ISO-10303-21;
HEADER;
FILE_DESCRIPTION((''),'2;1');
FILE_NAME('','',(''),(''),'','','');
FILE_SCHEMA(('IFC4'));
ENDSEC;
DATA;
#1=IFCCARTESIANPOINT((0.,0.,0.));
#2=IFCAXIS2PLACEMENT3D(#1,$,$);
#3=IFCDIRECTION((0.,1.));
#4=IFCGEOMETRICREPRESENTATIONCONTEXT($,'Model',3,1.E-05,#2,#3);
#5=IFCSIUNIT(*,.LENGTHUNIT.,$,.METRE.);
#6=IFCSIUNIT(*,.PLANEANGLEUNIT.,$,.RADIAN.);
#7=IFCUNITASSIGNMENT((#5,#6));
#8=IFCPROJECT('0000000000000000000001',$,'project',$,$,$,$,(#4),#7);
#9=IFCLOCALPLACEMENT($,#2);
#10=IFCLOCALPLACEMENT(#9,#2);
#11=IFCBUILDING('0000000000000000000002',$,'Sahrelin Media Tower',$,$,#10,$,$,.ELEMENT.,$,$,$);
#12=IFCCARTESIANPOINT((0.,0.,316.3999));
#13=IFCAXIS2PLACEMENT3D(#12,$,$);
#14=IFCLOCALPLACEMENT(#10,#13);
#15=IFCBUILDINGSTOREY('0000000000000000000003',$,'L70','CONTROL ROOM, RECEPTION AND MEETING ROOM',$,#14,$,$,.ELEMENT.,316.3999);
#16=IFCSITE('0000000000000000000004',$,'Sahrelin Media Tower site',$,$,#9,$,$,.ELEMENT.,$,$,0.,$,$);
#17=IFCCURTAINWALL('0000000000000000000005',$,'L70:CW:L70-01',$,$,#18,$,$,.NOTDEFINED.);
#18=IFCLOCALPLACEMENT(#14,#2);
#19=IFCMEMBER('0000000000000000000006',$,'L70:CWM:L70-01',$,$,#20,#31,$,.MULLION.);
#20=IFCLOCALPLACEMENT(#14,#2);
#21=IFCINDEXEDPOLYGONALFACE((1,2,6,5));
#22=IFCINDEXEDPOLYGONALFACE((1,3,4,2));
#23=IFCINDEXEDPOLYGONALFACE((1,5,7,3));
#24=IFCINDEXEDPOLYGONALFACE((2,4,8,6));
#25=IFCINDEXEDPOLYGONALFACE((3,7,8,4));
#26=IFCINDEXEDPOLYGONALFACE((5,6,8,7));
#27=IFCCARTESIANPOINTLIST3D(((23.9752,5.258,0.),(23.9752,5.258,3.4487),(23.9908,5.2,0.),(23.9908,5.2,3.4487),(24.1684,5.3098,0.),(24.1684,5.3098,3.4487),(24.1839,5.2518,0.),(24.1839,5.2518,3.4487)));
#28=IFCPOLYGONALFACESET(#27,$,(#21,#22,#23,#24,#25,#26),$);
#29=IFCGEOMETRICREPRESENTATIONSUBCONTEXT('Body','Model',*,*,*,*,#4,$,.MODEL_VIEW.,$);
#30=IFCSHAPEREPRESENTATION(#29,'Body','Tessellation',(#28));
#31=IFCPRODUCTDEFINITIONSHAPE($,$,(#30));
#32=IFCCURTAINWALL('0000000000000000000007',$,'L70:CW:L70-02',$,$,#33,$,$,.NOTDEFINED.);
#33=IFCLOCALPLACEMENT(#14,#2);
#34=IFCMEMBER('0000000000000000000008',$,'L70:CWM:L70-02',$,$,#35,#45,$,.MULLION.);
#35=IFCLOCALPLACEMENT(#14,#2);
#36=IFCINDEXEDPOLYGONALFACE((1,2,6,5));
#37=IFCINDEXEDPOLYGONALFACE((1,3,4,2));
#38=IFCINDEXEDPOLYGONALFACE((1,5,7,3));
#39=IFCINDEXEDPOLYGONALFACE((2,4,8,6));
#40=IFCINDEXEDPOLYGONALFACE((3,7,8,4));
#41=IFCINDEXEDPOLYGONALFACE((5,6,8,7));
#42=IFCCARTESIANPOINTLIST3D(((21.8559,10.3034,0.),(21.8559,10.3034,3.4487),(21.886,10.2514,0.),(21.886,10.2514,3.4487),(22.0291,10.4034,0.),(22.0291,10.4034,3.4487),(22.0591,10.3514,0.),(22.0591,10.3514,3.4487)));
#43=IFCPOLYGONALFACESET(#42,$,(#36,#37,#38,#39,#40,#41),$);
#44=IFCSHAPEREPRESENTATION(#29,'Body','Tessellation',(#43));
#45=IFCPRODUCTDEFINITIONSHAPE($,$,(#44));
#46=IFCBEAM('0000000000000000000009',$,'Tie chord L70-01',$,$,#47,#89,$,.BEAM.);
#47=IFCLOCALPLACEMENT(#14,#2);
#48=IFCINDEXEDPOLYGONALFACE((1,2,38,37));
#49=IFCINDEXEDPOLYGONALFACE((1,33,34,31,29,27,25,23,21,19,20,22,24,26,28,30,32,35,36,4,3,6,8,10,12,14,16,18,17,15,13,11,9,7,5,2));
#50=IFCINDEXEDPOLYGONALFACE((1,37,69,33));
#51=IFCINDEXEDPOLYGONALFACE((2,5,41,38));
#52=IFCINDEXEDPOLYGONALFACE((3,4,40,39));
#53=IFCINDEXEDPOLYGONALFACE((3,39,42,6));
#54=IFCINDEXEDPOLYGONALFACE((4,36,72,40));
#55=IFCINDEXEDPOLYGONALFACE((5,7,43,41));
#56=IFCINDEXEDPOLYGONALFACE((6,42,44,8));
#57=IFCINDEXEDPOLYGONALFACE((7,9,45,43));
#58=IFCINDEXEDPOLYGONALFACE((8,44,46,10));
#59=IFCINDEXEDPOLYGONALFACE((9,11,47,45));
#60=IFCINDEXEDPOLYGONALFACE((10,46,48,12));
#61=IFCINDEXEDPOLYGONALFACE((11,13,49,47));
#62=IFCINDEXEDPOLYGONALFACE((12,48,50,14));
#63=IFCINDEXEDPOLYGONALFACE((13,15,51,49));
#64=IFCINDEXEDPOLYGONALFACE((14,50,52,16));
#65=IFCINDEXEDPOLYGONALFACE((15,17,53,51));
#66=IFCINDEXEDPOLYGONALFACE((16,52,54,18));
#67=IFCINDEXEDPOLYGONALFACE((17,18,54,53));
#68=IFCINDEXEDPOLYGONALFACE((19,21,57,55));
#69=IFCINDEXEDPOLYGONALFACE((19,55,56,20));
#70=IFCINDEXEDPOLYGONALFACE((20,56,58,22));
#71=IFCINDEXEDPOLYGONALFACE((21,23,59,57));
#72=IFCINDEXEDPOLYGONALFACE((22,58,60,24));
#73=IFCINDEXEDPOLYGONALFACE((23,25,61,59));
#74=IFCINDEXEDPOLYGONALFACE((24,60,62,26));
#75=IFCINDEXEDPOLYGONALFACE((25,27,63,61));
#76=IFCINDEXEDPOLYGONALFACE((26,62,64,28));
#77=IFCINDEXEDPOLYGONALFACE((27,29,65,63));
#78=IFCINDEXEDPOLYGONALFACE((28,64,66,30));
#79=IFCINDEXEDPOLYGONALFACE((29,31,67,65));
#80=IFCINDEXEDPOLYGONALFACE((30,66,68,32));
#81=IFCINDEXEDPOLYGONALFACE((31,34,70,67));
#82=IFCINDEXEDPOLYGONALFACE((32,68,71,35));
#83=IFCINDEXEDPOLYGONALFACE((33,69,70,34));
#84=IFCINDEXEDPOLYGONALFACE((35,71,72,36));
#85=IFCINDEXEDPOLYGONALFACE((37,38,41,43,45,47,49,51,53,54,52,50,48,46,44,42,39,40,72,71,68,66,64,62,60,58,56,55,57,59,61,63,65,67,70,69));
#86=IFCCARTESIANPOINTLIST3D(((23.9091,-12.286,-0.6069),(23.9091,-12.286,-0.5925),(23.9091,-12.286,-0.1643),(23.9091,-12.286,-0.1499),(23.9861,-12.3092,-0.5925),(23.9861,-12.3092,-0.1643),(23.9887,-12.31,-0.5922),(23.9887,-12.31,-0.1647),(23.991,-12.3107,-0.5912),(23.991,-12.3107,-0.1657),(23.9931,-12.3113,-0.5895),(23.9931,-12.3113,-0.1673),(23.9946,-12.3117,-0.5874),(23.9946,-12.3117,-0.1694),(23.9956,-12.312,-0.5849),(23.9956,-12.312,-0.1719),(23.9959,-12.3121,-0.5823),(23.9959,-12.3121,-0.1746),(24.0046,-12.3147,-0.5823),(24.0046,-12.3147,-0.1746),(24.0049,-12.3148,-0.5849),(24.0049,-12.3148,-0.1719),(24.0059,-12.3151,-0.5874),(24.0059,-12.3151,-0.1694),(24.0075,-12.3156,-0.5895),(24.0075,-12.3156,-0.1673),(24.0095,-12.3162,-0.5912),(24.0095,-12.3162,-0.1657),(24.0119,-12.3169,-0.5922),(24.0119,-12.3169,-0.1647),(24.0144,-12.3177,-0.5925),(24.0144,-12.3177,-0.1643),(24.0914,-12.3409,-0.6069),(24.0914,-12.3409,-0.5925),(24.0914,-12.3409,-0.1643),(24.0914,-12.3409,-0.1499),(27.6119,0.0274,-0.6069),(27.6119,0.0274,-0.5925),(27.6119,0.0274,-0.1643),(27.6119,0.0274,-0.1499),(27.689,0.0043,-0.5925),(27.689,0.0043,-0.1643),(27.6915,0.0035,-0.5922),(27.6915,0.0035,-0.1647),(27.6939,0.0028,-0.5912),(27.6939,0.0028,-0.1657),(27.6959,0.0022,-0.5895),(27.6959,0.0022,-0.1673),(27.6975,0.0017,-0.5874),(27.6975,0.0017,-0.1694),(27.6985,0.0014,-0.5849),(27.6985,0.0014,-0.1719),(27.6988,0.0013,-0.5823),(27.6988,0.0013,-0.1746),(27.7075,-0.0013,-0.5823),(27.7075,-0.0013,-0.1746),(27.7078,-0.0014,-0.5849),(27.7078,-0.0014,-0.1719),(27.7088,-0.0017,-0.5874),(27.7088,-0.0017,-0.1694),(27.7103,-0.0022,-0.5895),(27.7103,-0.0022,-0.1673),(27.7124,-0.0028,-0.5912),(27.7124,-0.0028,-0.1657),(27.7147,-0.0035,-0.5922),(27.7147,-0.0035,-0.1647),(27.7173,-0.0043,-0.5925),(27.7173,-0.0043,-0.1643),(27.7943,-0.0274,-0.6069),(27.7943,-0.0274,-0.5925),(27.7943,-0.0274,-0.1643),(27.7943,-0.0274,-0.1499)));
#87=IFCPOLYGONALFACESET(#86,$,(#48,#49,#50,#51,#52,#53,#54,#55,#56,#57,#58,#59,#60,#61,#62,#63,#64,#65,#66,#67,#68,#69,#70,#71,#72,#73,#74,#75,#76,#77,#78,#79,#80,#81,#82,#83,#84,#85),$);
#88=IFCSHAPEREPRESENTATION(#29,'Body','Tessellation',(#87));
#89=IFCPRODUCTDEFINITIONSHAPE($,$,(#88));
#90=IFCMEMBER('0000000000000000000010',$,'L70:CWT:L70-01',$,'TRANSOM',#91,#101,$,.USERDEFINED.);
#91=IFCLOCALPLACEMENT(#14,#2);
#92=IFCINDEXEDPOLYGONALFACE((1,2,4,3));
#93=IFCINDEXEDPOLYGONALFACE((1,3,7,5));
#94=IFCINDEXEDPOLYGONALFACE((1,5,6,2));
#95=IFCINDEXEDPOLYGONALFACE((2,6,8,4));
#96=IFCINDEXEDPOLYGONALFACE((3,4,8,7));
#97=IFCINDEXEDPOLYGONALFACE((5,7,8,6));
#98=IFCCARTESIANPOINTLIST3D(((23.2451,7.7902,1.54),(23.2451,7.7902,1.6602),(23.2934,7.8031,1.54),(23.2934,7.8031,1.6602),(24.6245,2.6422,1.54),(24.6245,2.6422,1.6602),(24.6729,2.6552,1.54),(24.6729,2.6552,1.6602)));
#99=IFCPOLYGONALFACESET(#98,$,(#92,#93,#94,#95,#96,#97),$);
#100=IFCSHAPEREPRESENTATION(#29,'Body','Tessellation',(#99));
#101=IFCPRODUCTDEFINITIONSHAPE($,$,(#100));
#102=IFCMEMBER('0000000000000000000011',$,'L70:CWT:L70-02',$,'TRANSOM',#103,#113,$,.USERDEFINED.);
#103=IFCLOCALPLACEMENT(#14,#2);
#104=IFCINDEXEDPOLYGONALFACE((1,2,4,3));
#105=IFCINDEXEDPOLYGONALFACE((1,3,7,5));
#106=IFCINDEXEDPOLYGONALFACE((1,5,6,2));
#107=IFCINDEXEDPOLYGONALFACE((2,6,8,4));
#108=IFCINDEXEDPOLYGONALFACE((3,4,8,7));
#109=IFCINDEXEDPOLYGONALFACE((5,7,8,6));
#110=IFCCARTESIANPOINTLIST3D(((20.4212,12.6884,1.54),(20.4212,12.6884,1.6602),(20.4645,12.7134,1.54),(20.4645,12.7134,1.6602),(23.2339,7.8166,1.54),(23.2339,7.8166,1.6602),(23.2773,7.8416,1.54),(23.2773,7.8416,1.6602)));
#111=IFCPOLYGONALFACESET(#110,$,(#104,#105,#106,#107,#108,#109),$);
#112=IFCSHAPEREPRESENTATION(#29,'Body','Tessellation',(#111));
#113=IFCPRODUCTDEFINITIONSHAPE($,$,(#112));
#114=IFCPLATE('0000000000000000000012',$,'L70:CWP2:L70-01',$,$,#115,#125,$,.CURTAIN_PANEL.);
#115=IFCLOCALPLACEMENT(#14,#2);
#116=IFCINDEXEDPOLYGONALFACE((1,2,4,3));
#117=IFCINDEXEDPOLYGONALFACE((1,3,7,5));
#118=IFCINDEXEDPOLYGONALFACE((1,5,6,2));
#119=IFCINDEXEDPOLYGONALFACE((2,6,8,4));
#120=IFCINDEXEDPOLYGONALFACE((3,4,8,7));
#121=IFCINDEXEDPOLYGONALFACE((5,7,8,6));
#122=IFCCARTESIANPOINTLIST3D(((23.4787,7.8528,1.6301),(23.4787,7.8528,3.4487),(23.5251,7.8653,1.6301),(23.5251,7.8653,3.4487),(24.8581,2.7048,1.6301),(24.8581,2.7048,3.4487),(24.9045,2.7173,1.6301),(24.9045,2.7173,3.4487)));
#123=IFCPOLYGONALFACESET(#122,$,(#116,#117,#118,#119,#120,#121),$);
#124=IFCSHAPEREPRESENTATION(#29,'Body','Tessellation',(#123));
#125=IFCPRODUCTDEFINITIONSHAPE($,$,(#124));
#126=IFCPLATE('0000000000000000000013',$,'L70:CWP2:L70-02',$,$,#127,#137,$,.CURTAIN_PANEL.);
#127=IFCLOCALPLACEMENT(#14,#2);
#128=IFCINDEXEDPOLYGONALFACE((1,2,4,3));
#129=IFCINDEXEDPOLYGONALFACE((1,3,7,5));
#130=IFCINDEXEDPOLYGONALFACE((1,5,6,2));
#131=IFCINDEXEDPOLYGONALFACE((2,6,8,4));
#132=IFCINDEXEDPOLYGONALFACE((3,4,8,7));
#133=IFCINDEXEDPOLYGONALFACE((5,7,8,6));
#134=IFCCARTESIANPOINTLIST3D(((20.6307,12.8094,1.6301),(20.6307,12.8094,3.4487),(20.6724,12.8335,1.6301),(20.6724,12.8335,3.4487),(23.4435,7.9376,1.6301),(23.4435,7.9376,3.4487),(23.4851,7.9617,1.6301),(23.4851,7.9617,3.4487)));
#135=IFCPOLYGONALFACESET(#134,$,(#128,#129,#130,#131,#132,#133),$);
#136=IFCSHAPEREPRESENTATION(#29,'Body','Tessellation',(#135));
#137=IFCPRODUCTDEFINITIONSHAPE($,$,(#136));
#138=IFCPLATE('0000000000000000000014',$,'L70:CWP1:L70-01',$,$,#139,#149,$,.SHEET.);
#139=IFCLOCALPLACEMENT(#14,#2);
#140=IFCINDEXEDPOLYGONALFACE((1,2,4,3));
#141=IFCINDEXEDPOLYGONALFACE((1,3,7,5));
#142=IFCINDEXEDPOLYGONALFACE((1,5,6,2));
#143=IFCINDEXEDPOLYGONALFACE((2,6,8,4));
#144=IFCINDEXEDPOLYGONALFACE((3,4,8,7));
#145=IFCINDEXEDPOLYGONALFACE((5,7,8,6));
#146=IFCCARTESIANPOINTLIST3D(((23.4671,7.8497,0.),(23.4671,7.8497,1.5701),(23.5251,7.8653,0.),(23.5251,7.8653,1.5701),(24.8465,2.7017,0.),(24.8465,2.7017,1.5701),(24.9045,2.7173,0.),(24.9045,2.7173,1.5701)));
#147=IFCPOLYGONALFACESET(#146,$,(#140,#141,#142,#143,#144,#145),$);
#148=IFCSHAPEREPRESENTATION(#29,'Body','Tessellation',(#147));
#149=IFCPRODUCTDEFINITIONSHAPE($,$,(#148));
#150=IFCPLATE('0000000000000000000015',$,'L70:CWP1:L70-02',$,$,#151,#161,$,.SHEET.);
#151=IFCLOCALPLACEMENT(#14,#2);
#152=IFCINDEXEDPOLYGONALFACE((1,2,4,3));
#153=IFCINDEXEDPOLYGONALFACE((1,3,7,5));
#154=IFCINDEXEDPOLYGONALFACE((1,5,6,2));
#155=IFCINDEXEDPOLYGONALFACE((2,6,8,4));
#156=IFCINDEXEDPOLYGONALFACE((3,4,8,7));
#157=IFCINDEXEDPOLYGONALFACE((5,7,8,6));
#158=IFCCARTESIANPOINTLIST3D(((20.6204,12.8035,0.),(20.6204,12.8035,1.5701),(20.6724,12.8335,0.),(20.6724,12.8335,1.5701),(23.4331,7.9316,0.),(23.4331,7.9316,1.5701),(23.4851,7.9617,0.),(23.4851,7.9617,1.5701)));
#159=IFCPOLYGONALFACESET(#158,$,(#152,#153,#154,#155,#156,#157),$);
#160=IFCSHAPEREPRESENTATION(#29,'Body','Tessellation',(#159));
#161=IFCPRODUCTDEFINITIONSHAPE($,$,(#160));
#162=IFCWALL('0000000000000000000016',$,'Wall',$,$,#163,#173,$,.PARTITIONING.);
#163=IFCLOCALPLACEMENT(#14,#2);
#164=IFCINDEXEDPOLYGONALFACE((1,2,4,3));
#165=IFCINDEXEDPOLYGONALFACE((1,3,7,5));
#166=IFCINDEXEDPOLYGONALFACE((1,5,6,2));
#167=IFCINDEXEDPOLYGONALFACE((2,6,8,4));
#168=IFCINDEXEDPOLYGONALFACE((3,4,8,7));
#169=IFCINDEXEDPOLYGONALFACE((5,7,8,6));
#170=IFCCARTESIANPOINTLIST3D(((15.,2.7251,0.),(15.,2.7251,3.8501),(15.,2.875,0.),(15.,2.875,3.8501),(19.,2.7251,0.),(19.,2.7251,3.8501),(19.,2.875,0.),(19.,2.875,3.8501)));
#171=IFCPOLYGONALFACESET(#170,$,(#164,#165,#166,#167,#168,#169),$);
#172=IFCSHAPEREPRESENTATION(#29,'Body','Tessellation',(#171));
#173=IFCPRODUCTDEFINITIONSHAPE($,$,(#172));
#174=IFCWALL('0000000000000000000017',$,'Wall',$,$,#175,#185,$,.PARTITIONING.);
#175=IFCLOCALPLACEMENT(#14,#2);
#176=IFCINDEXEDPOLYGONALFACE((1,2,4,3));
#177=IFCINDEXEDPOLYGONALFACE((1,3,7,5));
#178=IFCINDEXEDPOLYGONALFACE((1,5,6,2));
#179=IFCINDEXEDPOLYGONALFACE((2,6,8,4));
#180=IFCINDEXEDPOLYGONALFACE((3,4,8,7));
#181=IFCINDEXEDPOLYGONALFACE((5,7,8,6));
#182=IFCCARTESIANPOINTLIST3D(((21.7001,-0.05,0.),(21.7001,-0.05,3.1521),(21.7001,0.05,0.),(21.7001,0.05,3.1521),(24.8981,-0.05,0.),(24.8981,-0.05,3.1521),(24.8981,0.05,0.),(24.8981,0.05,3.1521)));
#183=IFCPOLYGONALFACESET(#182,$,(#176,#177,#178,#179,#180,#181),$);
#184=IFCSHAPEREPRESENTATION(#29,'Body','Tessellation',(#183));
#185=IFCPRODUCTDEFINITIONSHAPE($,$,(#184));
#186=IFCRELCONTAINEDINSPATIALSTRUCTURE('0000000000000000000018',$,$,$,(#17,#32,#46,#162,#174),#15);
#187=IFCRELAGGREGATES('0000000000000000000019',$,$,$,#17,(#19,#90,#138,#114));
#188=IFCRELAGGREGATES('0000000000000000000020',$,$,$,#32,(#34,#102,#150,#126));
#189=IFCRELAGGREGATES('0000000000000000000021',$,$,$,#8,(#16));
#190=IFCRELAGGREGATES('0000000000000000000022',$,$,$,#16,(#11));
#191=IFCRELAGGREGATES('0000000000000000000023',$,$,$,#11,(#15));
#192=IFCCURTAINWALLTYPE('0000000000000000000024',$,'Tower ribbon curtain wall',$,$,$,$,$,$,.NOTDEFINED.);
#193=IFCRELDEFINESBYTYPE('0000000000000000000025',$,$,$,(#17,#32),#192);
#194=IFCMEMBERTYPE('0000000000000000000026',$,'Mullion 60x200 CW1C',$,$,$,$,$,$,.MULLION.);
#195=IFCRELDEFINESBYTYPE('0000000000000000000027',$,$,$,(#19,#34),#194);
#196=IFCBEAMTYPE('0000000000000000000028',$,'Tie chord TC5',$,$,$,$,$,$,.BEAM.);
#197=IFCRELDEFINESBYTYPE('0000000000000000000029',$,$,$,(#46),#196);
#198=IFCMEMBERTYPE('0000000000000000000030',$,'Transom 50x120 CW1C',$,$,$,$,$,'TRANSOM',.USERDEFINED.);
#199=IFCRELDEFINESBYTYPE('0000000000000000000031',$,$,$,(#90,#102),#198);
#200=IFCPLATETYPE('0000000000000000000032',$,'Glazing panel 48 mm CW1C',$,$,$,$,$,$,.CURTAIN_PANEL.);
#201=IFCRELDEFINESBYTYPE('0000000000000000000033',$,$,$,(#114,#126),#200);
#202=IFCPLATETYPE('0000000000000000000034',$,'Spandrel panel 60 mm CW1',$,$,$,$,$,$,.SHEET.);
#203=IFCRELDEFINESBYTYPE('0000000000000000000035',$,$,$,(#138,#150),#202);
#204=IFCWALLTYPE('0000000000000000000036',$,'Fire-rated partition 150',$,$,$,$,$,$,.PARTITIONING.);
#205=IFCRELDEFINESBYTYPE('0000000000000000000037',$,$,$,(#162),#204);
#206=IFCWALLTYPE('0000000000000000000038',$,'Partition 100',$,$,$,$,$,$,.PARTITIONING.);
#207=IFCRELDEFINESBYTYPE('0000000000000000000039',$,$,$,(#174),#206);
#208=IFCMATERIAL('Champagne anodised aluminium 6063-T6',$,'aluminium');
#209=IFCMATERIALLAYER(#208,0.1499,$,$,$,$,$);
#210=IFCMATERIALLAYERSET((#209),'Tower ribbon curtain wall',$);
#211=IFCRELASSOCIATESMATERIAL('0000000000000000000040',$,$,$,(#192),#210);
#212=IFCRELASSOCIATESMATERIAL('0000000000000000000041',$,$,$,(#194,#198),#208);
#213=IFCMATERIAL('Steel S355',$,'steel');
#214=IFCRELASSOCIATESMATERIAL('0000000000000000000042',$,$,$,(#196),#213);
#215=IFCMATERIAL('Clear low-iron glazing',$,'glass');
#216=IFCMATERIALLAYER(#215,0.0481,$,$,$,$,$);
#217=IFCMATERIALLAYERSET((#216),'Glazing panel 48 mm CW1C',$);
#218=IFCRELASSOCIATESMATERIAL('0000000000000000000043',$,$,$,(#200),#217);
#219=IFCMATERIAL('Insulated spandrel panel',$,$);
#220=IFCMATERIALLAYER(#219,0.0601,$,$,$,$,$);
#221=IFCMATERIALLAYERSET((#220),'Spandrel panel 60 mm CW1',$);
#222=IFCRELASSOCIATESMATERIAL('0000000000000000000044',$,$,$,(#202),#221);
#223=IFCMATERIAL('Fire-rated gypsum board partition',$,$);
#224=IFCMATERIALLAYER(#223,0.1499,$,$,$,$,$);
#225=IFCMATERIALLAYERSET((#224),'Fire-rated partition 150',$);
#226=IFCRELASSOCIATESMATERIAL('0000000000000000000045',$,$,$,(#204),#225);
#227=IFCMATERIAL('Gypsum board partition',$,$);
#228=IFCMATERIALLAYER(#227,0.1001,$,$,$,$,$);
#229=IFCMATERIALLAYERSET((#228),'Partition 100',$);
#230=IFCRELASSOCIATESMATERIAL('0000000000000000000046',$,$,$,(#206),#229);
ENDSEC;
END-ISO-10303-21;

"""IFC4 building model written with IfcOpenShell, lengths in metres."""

from ifc_helpers import new_model, si_unit, direction, frame, frame_2d, origin, origin_2d, place, context, subcontext, project, spatial, polyline, rectangle, i_section, outline, extrude, material, layer, layer_set, material_profile, profile_set, type_object, element, aggregate, save


model = new_model("IFC4")

# Units and contexts
model_context = context("Model", 3, precision=1e-05, world=origin(), true_north=direction((0.0, 1.0)))
body_context = subcontext(model_context, "Body", "Model", "MODEL_VIEW")
ifc_project = project(units=[si_unit("LENGTHUNIT", "METRE"), si_unit("PLANEANGLEUNIT", "RADIAN")], contexts=[model_context])

# Site, building, storey
site_placement = place(None, origin())
site = spatial("IfcSite", under=ifc_project, at=site_placement, Name="Sahrelin Media Tower site", CompositionType="ELEMENT", RefElevation=0.0)
building_placement = place(site_placement, origin())
building = spatial("IfcBuilding", under=site, at=building_placement, Name="Sahrelin Media Tower", CompositionType="ELEMENT")
storey_placement = place(building_placement, frame((0.0, 0.0, 316.3999)))
storey = spatial("IfcBuildingStorey", under=building, at=storey_placement, Name="L70", Description="CONTROL ROOM, RECEPTION AND MEETING ROOM", CompositionType="ELEMENT", Elevation=316.3999)

# Shared definitions
ifc_material_1 = material(Name="Steel S355", Category="steel")

# Curtain walls, members
ifc_material_2 = material(Name="Champagne anodised aluminium 6063-T6", Category="aluminium")
ifc_layer_1 = layer(ifc_material_2, 0.1499)
ifc_layer_set_1 = layer_set([ifc_layer_1], Name="Tower ribbon curtain wall")
curtain_wall_type = type_object("IfcCurtainWallType", Name="Tower ribbon curtain wall", PredefinedType="NOTDEFINED", material=ifc_layer_set_1)
ifc_material_profile_1 = material_profile(ifc_material_2, rectangle(XDim=0.0601, YDim=0.2, at=origin_2d()), Name="Mullion 60x200")
ifc_profile_set_1 = profile_set([ifc_material_profile_1], Name="Champagne anodised aluminium 6063-T6")
member_type_1 = type_object("IfcMemberType", Name="Mullion 60x200 CW1C", PredefinedType="MULLION", material=ifc_profile_set_1)
curtain_wall_1_placement = place(storey_placement, frame((24.1956, 5.2859, 0.0), z_axis=(0.0, 0.0, 1.0), x_axis=(1.0, 0.0, 0.0)))
curtain_wall_1 = element("IfcCurtainWall", 1, at=curtain_wall_1_placement, inside=storey, type_object=curtain_wall_type, Name="L70:CW:L70-01", PredefinedType="NOTDEFINED")
member_1_placement = place(storey_placement, frame((24.0796, 5.2549, 0.0), z_axis=(0.0, 0.0, 1.0), x_axis=(-0.258821, 0.965925, 0.0)))
member_1 = element("IfcMember", 2, at=member_1_placement, type_object=member_type_1, Name="L70:CWM:L70-01", PredefinedType="MULLION", context=body_context, shape_type="SweptSolid", body=[
    extrude(rectangle(XDim=0.0601, YDim=0.2, at=origin_2d()), origin(), (0.0, 0.0, 1.0), 3.4487),
])
curtain_wall_2_placement = place(storey_placement, frame((22.0615, 10.3877, 0.0), z_axis=(0.0, 0.0, 1.0), x_axis=(1.0, 0.0, 0.0)))
curtain_wall_2 = element("IfcCurtainWall", 3, at=curtain_wall_2_placement, inside=storey, type_object=curtain_wall_type, Name="L70:CW:L70-02", PredefinedType="NOTDEFINED")
member_2_placement = place(storey_placement, frame((21.9575, 10.3274, 0.0), z_axis=(0.0, 0.0, 1.0), x_axis=(-0.500002, 0.866025, 0.0)))
member_2 = element("IfcMember", 4, at=member_2_placement, type_object=member_type_1, Name="L70:CWM:L70-02", PredefinedType="MULLION", context=body_context, shape_type="SweptSolid", body=[
    extrude(rectangle(XDim=0.0601, YDim=0.2, at=origin_2d()), origin(), (0.0, 0.0, 1.0), 3.4487),
])

# Beam
ifc_material_profile_2 = material_profile(ifc_material_1, i_section(OverallWidth=0.1904, OverallDepth=0.457, WebThickness=0.009, FlangeThickness=0.0144, FilletRadius=0.0103, at=origin_2d()), Name="UB 457x191x74")
ifc_profile_set_2 = profile_set([ifc_material_profile_2], Name="Steel S355")
beam_type_1 = type_object("IfcBeamType", Name="Tie chord TC5", PredefinedType="BEAM", material=ifc_profile_set_2)
beam_1_placement = place(storey_placement, frame((27.7031, 0.0, -0.3784), z_axis=(-0.287978, -0.957637, 0.0), x_axis=(0.957637, -0.287978, 0.0)))
element("IfcBeam", 5, at=beam_1_placement, inside=storey, type_object=beam_type_1, Name="Tie chord L70-01", PredefinedType="BEAM", context=body_context, shape_type="SweptSolid", body=[
    extrude(i_section(OverallWidth=0.1904, OverallDepth=0.457, WebThickness=0.009, FlangeThickness=0.0144, FilletRadius=0.0103, at=origin_2d()), origin(), (0.0, 0.0, 1.0), 12.8582),
])

# Members
ifc_material_profile_3 = material_profile(ifc_material_2, rectangle(XDim=0.05, YDim=0.1201, at=origin_2d()), Name="Transom 50x120")
ifc_profile_set_3 = profile_set([ifc_material_profile_3], Name="Champagne anodised aluminium 6063-T6")
member_type_2 = type_object("IfcMemberType", Name="Transom 50x120 CW1C", ElementType="TRANSOM", PredefinedType="USERDEFINED", material=ifc_profile_set_3)
member_3_placement = place(storey_placement, frame((24.6487, 2.6487, 1.6001), z_axis=(-0.25882, 0.965926, 0.0), x_axis=(-0.965926, -0.25882, 0.0)))
member_3 = element("IfcMember", 6, at=member_3_placement, type_object=member_type_2, Name="L70:CWT:L70-01", ObjectType="TRANSOM", PredefinedType="USERDEFINED", context=body_context, shape_type="SweptSolid", body=[
    extrude(rectangle(XDim=0.05, YDim=0.1201, at=origin_2d()), origin(), (0.0, 0.0, 1.0), 5.3296),
])
member_4_placement = place(storey_placement, frame((23.2556, 7.8291, 1.6001), z_axis=(-0.499999, 0.866026, 0.0), x_axis=(-0.866026, -0.499999, 0.0)))
member_4 = element("IfcMember", 7, at=member_4_placement, type_object=member_type_2, Name="L70:CWT:L70-02", ObjectType="TRANSOM", PredefinedType="USERDEFINED", context=body_context, shape_type="SweptSolid", body=[
    extrude(rectangle(XDim=0.05, YDim=0.1201, at=origin_2d()), origin(), (0.0, 0.0, 1.0), 5.6255),
])

# Plates
ifc_material_3 = material(Name="Clear low-iron glazing", Category="glass")
ifc_layer_2 = layer(ifc_material_3, 0.0481)
ifc_layer_set_2 = layer_set([ifc_layer_2], Name="Glazing panel 48 mm CW1C")
plate_type_1 = type_object("IfcPlateType", Name="Glazing panel 48 mm CW1C", PredefinedType="CURTAIN_PANEL", material=ifc_layer_set_2)
plate_1_placement = place(storey_placement, frame((24.9045, 2.7173, 1.6301), z_axis=(0.965926, 0.25882, 0.0), x_axis=(-0.25882, 0.965926, 0.0)))
plate_1 = element("IfcPlate", 8, at=plate_1_placement, type_object=plate_type_1, Name="L70:CWP2:L70-01", PredefinedType="CURTAIN_PANEL", context=body_context, shape_type="SweptSolid", body=[
    extrude(outline(polyline([(0.0, 0.0), (5.3296, 0.0), (5.3296, 1.8186), (0.0, 1.8186), (0.0, 0.0)])), origin(), (0.0, 0.0, -1.0), 0.0481),
])
plate_2_placement = place(storey_placement, frame((23.4851, 7.9617, 1.6301), z_axis=(0.866026, 0.499999, 0.0), x_axis=(-0.499999, 0.866026, 0.0)))
plate_2 = element("IfcPlate", 9, at=plate_2_placement, type_object=plate_type_1, Name="L70:CWP2:L70-02", PredefinedType="CURTAIN_PANEL", context=body_context, shape_type="SweptSolid", body=[
    extrude(outline(polyline([(0.0, 0.0), (5.6255, 0.0), (5.6255, 1.8186), (0.0, 1.8186), (0.0, 0.0)])), origin(), (0.0, 0.0, -1.0), 0.0481),
])
ifc_material_4 = material(Name="Insulated spandrel panel")
ifc_layer_3 = layer(ifc_material_4, 0.0601)
ifc_layer_set_3 = layer_set([ifc_layer_3], Name="Spandrel panel 60 mm CW1")
plate_type_2 = type_object("IfcPlateType", Name="Spandrel panel 60 mm CW1", PredefinedType="SHEET", material=ifc_layer_set_3)
plate_3_placement = place(storey_placement, frame((24.9045, 2.7173, 0.0), z_axis=(0.965926, 0.25882, 0.0), x_axis=(-0.25882, 0.965926, 0.0)))
plate_3 = element("IfcPlate", 10, at=plate_3_placement, type_object=plate_type_2, Name="L70:CWP1:L70-01", PredefinedType="SHEET", context=body_context, shape_type="SweptSolid", body=[
    extrude(outline(polyline([(0.0, 0.0), (5.3296, 0.0), (5.3296, 1.5701), (0.0, 1.5701), (0.0, 0.0)])), origin(), (0.0, 0.0, -1.0), 0.0601),
])
aggregate(curtain_wall_1, [member_1, member_3, plate_3, plate_1])
plate_4_placement = place(storey_placement, frame((23.4851, 7.9617, 0.0), z_axis=(0.866026, 0.499999, 0.0), x_axis=(-0.499999, 0.866026, 0.0)))
plate_4 = element("IfcPlate", 11, at=plate_4_placement, type_object=plate_type_2, Name="L70:CWP1:L70-02", PredefinedType="SHEET", context=body_context, shape_type="SweptSolid", body=[
    extrude(outline(polyline([(0.0, 0.0), (5.6255, 0.0), (5.6255, 1.5701), (0.0, 1.5701), (0.0, 0.0)])), origin(), (0.0, 0.0, -1.0), 0.0601),
])
aggregate(curtain_wall_2, [member_2, member_4, plate_4, plate_2])

# Walls
ifc_material_5 = material(Name="Fire-rated gypsum board partition")
ifc_layer_4 = layer(ifc_material_5, 0.1499)
ifc_layer_set_4 = layer_set([ifc_layer_4], Name="Fire-rated partition 150")
wall_type_1 = type_object("IfcWallType", Name="Fire-rated partition 150", PredefinedType="PARTITIONING", material=ifc_layer_set_4)
wall_1_placement = place(storey_placement, frame((15.0, 2.8, 0.0), z_axis=(0.0, 0.0, 1.0), x_axis=(1.0, 0.0, 0.0)))
element("IfcWall", 12, at=wall_1_placement, inside=storey, type_object=wall_type_1, Name="Wall", PredefinedType="PARTITIONING", context=body_context, shape_type="SweptSolid", body=[
    extrude(rectangle(XDim=4.0, YDim=0.1499, at=frame_2d((2.0, 0.0))), origin(), (0.0, 0.0, 1.0), 3.8501),
])
ifc_material_6 = material(Name="Gypsum board partition")
ifc_layer_5 = layer(ifc_material_6, 0.1001)
ifc_layer_set_5 = layer_set([ifc_layer_5], Name="Partition 100")
wall_type_2 = type_object("IfcWallType", Name="Partition 100", PredefinedType="PARTITIONING", material=ifc_layer_set_5)
wall_2_placement = place(storey_placement, frame((21.7, 0.0, 0.0), z_axis=(0.0, 0.0, 1.0), x_axis=(1.0, 0.0, 0.0)))
element("IfcWall", 13, at=wall_2_placement, inside=storey, type_object=wall_type_2, Name="Wall", PredefinedType="PARTITIONING", context=body_context, shape_type="SweptSolid", body=[
    extrude(rectangle(XDim=3.198, YDim=0.1001, at=frame_2d((1.5991, 0.0))), origin(), (0.0, 0.0, 1.0), 3.1521),
])

save(model, "model.ifc")
